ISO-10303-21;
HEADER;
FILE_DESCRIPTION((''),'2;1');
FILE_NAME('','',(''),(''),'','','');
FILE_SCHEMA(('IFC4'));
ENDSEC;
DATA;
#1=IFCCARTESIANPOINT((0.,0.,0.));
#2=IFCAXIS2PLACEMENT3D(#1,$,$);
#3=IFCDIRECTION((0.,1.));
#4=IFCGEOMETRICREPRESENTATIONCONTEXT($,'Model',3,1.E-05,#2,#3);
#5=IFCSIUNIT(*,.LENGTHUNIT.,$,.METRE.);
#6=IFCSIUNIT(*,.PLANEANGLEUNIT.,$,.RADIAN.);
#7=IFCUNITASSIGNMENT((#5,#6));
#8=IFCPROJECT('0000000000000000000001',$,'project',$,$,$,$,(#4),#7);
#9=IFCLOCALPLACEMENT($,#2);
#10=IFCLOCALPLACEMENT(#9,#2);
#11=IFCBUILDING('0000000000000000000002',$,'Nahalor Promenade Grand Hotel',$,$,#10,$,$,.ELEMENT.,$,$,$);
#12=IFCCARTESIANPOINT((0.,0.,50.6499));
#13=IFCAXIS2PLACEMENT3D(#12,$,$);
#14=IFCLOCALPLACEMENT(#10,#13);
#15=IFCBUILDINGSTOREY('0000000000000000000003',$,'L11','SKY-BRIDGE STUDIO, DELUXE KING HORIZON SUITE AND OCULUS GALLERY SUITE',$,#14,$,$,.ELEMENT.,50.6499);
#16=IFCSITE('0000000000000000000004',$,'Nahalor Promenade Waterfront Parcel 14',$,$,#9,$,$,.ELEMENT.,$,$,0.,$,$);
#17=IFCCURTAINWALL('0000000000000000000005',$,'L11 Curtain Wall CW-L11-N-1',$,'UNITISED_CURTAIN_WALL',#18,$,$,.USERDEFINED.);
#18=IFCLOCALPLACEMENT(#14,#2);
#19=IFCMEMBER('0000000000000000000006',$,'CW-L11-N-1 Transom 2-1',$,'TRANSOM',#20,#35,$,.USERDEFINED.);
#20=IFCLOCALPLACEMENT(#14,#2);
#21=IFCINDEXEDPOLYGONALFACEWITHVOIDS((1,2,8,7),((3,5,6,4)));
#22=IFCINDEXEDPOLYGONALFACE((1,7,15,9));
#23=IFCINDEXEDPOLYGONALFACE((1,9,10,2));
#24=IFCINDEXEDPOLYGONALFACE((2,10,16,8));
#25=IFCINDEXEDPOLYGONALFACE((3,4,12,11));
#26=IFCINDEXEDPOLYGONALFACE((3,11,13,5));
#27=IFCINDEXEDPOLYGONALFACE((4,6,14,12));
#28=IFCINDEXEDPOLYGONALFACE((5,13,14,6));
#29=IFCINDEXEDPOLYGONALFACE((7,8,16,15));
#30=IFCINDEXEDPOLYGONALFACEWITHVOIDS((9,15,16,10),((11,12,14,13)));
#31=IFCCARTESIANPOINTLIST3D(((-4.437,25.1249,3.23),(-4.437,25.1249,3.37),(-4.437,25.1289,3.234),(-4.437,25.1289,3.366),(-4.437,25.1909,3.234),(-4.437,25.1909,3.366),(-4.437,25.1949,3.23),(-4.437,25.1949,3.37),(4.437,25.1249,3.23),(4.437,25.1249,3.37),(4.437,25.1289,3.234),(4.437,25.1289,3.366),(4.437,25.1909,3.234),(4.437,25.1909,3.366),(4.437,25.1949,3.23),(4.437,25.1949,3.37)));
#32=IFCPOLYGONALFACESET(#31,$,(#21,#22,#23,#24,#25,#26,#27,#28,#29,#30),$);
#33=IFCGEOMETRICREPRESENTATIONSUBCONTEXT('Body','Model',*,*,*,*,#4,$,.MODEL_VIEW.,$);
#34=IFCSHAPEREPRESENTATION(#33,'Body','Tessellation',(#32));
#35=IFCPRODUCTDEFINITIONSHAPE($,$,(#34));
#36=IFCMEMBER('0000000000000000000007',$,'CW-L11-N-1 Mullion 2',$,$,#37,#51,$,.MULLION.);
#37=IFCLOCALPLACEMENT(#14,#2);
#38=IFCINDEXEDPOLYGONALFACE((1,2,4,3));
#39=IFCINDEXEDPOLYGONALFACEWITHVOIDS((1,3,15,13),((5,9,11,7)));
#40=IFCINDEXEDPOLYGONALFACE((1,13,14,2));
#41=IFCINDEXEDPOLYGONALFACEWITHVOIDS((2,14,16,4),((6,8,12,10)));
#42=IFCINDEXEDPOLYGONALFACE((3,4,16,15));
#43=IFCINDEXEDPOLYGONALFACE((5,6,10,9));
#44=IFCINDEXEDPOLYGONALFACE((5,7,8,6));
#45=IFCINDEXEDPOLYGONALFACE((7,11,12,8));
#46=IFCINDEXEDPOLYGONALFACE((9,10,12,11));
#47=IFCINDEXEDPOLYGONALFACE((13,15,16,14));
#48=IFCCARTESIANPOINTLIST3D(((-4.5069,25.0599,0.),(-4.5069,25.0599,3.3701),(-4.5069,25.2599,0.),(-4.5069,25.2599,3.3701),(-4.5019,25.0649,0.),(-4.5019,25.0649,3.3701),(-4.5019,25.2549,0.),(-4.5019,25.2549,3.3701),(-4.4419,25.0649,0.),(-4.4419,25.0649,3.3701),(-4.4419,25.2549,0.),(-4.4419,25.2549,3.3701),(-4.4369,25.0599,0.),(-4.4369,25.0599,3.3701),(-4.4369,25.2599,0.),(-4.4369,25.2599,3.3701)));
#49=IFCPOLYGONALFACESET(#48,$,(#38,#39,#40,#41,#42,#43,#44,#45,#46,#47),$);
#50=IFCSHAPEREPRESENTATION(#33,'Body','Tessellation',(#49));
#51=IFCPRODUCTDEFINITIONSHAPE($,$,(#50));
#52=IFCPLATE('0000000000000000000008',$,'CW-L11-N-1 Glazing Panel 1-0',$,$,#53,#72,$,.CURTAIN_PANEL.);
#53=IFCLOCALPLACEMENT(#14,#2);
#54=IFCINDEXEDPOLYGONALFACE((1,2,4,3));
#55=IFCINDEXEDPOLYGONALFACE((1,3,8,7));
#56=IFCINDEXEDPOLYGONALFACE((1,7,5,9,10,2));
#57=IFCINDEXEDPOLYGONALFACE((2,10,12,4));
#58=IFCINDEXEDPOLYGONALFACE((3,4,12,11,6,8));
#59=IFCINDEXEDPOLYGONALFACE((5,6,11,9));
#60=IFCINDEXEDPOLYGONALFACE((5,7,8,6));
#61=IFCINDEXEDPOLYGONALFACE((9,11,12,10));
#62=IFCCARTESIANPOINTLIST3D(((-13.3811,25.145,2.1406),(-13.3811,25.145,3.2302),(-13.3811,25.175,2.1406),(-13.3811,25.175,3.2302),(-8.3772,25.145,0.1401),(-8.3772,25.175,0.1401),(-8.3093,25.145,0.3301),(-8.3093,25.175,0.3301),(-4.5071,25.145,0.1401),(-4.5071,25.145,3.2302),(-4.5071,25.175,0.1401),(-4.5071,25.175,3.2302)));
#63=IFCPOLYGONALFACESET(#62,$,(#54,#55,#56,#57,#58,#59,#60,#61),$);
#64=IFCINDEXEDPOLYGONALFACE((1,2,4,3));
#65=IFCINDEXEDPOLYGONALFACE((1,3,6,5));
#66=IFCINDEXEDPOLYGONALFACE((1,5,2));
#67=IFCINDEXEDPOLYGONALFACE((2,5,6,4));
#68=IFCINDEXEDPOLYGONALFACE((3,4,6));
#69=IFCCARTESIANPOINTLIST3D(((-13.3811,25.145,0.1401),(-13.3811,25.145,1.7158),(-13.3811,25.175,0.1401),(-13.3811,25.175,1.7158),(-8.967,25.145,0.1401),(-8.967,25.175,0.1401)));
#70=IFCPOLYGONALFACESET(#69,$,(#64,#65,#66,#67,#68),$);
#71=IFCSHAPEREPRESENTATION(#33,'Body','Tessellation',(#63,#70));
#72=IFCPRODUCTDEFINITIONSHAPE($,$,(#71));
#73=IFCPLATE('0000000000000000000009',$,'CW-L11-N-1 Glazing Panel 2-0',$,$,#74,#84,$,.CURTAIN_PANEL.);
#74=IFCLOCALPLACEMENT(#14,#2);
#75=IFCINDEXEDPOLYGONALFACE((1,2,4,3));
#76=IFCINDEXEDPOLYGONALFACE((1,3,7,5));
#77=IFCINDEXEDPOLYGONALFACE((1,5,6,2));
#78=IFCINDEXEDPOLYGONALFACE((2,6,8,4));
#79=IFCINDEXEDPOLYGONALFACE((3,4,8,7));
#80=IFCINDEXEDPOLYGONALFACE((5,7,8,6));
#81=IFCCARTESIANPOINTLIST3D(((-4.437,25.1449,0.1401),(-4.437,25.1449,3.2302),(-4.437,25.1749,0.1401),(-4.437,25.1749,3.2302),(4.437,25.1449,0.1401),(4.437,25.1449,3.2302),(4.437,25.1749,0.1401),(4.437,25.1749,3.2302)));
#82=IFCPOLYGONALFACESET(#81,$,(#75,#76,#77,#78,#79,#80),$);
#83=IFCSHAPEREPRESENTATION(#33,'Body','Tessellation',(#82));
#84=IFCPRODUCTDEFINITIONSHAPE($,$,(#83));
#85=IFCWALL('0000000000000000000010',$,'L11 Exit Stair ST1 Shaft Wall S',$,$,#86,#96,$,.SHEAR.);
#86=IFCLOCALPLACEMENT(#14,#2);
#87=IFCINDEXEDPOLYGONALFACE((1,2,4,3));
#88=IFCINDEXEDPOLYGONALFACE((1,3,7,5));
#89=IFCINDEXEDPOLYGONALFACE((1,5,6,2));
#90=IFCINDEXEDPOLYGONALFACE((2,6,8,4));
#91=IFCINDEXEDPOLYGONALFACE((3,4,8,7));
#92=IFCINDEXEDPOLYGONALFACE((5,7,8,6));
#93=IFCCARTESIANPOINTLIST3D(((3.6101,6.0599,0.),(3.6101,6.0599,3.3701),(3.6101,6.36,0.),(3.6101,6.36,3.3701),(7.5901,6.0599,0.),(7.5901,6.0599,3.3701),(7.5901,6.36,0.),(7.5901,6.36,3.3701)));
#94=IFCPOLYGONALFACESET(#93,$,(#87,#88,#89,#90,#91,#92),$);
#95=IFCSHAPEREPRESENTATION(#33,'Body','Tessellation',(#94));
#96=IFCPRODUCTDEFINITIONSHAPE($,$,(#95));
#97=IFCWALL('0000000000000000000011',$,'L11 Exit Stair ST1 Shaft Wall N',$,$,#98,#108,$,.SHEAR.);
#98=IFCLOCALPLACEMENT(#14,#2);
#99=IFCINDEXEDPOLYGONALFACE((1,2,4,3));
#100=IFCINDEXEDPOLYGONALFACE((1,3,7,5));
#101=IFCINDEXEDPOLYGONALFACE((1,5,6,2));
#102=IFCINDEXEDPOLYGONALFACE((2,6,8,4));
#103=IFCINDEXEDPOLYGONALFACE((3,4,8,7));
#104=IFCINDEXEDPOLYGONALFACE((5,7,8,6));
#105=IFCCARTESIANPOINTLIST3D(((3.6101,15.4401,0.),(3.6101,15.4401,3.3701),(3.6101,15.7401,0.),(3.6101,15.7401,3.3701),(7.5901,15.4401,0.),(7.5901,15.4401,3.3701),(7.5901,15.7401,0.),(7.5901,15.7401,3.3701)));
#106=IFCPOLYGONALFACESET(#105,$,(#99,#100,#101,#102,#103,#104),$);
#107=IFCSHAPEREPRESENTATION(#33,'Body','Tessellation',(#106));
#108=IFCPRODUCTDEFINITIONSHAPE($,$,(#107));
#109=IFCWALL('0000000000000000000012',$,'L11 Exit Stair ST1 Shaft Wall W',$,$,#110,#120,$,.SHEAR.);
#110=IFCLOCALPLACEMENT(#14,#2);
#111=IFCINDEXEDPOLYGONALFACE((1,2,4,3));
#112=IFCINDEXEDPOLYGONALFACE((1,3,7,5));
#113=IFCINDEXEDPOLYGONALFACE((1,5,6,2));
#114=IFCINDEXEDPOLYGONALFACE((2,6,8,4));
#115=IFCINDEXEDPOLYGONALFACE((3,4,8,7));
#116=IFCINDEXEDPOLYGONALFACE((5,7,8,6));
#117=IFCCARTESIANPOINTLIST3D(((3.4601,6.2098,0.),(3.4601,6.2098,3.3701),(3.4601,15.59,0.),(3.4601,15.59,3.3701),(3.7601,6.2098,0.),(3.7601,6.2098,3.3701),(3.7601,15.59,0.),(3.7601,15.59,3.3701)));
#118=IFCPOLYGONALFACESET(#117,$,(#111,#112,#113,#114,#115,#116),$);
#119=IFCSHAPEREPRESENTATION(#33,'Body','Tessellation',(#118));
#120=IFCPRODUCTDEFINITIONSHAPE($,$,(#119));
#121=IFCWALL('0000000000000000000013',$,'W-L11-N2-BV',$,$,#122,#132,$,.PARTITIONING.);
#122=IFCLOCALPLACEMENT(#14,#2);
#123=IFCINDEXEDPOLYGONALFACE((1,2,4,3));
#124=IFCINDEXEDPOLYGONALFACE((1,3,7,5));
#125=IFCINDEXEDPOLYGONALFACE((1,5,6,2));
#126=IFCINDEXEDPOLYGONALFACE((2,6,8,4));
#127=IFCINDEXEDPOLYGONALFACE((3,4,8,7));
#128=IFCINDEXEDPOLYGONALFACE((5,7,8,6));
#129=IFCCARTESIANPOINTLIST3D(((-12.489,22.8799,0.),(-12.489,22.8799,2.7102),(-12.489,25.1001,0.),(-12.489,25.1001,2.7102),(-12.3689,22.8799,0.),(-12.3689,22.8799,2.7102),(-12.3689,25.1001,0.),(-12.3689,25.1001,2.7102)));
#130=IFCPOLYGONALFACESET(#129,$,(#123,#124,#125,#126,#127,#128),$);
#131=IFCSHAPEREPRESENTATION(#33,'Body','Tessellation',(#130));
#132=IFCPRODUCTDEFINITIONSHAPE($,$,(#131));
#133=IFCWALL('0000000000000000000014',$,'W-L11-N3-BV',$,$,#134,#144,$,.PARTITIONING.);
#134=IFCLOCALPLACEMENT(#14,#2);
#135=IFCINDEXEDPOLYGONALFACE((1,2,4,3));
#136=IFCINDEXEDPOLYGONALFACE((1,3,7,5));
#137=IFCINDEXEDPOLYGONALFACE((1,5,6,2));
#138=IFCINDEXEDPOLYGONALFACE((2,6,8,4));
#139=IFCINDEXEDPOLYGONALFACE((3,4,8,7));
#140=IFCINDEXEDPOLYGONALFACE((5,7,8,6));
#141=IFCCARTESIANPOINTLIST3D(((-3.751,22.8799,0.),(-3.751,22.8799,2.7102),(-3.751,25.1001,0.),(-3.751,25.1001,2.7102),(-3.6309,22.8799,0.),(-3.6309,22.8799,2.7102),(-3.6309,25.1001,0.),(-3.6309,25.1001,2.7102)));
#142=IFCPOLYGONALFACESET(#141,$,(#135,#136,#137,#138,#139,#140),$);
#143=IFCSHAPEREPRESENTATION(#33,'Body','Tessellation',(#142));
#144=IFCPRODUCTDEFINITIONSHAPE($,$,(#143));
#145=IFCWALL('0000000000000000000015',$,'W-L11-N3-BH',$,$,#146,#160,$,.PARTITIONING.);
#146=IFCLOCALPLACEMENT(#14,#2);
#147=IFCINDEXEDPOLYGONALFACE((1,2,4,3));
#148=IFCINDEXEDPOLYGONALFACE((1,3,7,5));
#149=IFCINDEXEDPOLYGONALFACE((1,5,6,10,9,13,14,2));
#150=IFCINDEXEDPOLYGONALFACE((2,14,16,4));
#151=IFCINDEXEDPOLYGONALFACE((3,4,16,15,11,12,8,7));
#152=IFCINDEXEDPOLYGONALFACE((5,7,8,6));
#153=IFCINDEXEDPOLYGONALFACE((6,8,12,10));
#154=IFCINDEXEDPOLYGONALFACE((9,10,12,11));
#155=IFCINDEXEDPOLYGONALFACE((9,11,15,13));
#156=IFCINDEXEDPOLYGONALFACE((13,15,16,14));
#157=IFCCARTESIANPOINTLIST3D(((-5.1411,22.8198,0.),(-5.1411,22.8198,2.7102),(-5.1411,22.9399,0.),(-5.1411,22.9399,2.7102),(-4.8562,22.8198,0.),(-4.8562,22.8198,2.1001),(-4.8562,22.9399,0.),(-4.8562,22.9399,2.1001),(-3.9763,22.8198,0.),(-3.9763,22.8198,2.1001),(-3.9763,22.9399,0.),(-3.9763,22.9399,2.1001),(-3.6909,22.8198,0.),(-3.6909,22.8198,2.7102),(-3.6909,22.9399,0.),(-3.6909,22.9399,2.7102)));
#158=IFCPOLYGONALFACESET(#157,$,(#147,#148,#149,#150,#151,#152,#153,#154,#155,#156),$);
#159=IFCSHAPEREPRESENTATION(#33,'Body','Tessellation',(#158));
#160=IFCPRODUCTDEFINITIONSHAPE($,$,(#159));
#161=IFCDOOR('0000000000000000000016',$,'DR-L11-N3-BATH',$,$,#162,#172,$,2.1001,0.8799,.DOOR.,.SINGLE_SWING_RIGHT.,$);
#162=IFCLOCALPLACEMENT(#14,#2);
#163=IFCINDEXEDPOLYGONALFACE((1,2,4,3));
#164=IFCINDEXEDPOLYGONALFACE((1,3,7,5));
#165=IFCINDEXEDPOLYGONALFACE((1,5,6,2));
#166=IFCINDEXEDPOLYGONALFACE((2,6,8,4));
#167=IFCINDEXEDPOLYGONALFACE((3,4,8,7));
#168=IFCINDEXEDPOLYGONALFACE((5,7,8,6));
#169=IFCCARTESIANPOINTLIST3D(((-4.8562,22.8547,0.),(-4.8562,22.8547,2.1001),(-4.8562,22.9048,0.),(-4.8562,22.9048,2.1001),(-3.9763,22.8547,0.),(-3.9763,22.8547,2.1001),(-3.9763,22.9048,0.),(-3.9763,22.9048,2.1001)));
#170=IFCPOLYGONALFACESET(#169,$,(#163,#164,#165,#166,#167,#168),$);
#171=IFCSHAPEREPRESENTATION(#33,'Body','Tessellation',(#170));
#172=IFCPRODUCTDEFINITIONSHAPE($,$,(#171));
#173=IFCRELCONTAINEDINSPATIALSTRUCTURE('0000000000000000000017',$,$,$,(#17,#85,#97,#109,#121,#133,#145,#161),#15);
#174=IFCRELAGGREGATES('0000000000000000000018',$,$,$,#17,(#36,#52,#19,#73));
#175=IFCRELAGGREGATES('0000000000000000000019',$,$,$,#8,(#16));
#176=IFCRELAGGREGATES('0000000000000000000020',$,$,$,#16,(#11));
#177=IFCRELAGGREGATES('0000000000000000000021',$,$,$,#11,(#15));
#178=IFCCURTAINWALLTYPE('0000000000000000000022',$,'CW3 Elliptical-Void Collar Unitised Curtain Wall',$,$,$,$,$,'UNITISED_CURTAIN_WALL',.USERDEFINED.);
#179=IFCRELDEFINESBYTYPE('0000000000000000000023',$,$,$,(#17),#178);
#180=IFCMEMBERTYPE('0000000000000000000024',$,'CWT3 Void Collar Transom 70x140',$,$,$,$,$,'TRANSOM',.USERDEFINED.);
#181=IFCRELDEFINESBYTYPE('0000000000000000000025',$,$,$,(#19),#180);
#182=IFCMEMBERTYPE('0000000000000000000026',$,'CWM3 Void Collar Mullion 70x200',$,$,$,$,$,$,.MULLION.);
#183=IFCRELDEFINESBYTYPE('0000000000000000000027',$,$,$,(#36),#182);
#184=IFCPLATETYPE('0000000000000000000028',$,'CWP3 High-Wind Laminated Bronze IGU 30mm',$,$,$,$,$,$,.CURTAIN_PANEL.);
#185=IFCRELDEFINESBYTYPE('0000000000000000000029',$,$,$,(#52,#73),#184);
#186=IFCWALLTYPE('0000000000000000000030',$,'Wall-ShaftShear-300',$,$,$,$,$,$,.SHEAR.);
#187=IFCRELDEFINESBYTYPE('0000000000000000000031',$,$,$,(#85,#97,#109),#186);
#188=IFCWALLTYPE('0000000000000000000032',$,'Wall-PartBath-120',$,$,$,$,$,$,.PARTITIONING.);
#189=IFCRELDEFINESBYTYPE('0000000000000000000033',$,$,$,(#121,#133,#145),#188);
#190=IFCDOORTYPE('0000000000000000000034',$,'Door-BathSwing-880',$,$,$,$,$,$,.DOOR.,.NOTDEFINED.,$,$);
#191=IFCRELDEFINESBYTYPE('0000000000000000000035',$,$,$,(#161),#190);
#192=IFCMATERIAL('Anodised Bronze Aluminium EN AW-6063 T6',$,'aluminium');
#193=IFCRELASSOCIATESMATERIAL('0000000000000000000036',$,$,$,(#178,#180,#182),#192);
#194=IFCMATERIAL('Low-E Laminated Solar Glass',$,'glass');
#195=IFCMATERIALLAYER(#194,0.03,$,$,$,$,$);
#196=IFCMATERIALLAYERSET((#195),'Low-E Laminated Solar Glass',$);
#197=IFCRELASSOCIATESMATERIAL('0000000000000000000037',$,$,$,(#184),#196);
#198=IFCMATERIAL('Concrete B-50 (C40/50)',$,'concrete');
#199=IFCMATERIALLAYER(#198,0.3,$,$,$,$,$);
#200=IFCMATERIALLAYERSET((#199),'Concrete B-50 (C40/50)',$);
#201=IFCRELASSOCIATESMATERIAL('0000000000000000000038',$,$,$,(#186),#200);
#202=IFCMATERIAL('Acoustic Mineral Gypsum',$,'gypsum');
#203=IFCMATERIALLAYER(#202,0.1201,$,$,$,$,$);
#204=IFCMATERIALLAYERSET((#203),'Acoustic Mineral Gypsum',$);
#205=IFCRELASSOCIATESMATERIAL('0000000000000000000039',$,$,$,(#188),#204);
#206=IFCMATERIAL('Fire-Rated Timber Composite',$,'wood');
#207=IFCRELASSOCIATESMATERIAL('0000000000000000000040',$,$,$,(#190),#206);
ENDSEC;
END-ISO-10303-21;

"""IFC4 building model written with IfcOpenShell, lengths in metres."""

from ifc_helpers import new_model, si_unit, direction, frame, frame_2d, origin, origin_2d, place, context, subcontext, project, spatial, polyline, rectangle, hollow_rectangle, outline, extrude, source, transform, mapped, material, layer, layer_set, material_profile, profile_set, type_object, element, fill, aggregate, save


model = new_model("IFC4")

# Units and contexts
model_context = context("Model", 3, precision=1e-05, world=origin(), true_north=direction((0.0, 1.0)))
body_context = subcontext(model_context, "Body", "Model", "MODEL_VIEW")
ifc_project = project(units=[si_unit("LENGTHUNIT", "METRE"), si_unit("PLANEANGLEUNIT", "RADIAN")], contexts=[model_context])

# Site, building, storey
site_placement = place(None, origin())
site = spatial("IfcSite", under=ifc_project, at=site_placement, Name="Nahalor Promenade Waterfront Parcel 14", CompositionType="ELEMENT", RefElevation=0.0)
building_placement = place(site_placement, origin())
building = spatial("IfcBuilding", under=site, at=building_placement, Name="Nahalor Promenade Grand Hotel", CompositionType="ELEMENT")
storey_placement = place(building_placement, frame((0.0, 0.0, 50.6499)))
storey = spatial("IfcBuildingStorey", under=building, at=storey_placement, Name="L11", Description="SKY-BRIDGE STUDIO, DELUXE KING HORIZON SUITE AND OCULUS GALLERY SUITE", CompositionType="ELEMENT", Elevation=50.6499)

# Curtain wall, members, plates
ifc_material_1 = material(Name="Anodised Bronze Aluminium EN AW-6063 T6", Category="aluminium")
curtain_wall_type = type_object("IfcCurtainWallType", Name="CW3 Elliptical-Void Collar Unitised Curtain Wall", ElementType="UNITISED_CURTAIN_WALL", PredefinedType="USERDEFINED", material=ifc_material_1)
curtain_wall_placement = place(storey_placement, origin())
curtain_wall = element("IfcCurtainWall", 1, at=curtain_wall_placement, inside=storey, type_object=curtain_wall_type, Name="L11 Curtain Wall CW-L11-N-1", ObjectType="UNITISED_CURTAIN_WALL", PredefinedType="USERDEFINED")
ifc_material_profile_1 = material_profile(ifc_material_1, hollow_rectangle(XDim=0.07, YDim=0.14, WallThickness=0.004, at=origin_2d()), Name="CWT 70x140x4")
ifc_profile_set_1 = profile_set([ifc_material_profile_1], Name="Anodised Bronze Aluminium EN AW-6063 T6")
member_type_1 = type_object("IfcMemberType", Name="CWT3 Void Collar Transom 70x140", ElementType="TRANSOM", PredefinedType="USERDEFINED", material=ifc_profile_set_1)
shared_shape_1 = source(origin(), body_context, "Body", "SweptSolid", [
    extrude(hollow_rectangle(XDim=0.07, YDim=0.14, WallThickness=0.004, at=origin_2d()), origin(), (0.0, 0.0, 1.0), 8.874),
])
member_1_placement = place(storey_placement, frame((-4.437, 25.1599, 3.3), z_axis=(1.0, 0.0, 0.0), x_axis=(0.0, 1.0, 0.0)))
member_1 = element("IfcMember", 2, at=member_1_placement, type_object=member_type_1, Name="CW-L11-N-1 Transom 2-1", ObjectType="TRANSOM", PredefinedType="USERDEFINED", context=body_context, shape_type="MappedRepresentation", body=[
    mapped(shared_shape_1, transform((0.0, 0.0, 0.0), scale=1.0)),
])
ifc_material_profile_2 = material_profile(ifc_material_1, hollow_rectangle(XDim=0.07, YDim=0.2, WallThickness=0.005, at=origin_2d()), Name="CWM 70x200x5")
ifc_profile_set_2 = profile_set([ifc_material_profile_2], Name="Anodised Bronze Aluminium EN AW-6063 T6")
member_type_2 = type_object("IfcMemberType", Name="CWM3 Void Collar Mullion 70x200", PredefinedType="MULLION", material=ifc_profile_set_2)
shared_shape_2 = source(origin(), body_context, "Body", "SweptSolid", [
    extrude(hollow_rectangle(XDim=0.07, YDim=0.2, WallThickness=0.005, at=origin_2d()), origin(), (0.0, 0.0, 1.0), 3.3701),
])
member_2_placement = place(storey_placement, frame((-4.4719, 25.1599, 0.0), z_axis=(0.0, 0.0, 1.0), x_axis=(1.0, 0.0, 0.0)))
member_2 = element("IfcMember", 3, at=member_2_placement, type_object=member_type_2, Name="CW-L11-N-1 Mullion 2", PredefinedType="MULLION", context=body_context, shape_type="MappedRepresentation", body=[
    mapped(shared_shape_2, transform((0.0, 0.0, 0.0), scale=1.0)),
])
ifc_material_2 = material(Name="Low-E Laminated Solar Glass", Category="glass")
ifc_layer_1 = layer(ifc_material_2, 0.03)
ifc_layer_set_1 = layer_set([ifc_layer_1], Name="Low-E Laminated Solar Glass")
plate_type = type_object("IfcPlateType", Name="CWP3 High-Wind Laminated Bronze IGU 30mm", PredefinedType="CURTAIN_PANEL", material=ifc_layer_set_1)
plate_1_placement = place(storey_placement, frame((-8.9441, 25.1599, 0.1401), z_axis=(0.0, 0.0, 1.0), x_axis=(1.0, 0.0, 0.0)))
plate_1 = element("IfcPlate", 4, at=plate_1_placement, type_object=plate_type, Name="CW-L11-N-1 Glazing Panel 1-0", PredefinedType="CURTAIN_PANEL", context=body_context, shape_type="SweptSolid", body=[
    extrude(outline(polyline([(4.437, 3.0901), (-4.437, 3.0901), (-4.437, 2.0005), (0.6348, 0.1899), (0.5669, 0.0), (4.437, 0.0), (4.437, 3.0901)])), frame((0.0, 0.0151, 0.0), z_axis=(0.0, -1.0, 0.0), x_axis=(1.0, 0.0, 0.0)), (0.0, 0.0, 1.0), 0.03),
    extrude(outline(polyline([(-4.437, 1.5757), (-4.437, 0.0), (-0.0229, 0.0), (-4.437, 1.5757)])), frame((0.0, 0.0151, 0.0), z_axis=(0.0, -1.0, 0.0), x_axis=(1.0, 0.0, 0.0)), (0.0, 0.0, 1.0), 0.03),
])
shared_shape_3 = source(origin(), body_context, "Body", "SweptSolid", [
    extrude(rectangle(XDim=8.874, YDim=0.03, at=origin_2d()), origin(), (0.0, 0.0, 1.0), 3.0901),
])
plate_2_placement = place(storey_placement, frame((0.0, 25.1599, 0.1401), z_axis=(0.0, 0.0, 1.0), x_axis=(1.0, 0.0, 0.0)))
plate_2 = element("IfcPlate", 5, at=plate_2_placement, type_object=plate_type, Name="CW-L11-N-1 Glazing Panel 2-0", PredefinedType="CURTAIN_PANEL", context=body_context, shape_type="MappedRepresentation", body=[
    mapped(shared_shape_3, transform((0.0, 0.0, 0.0), scale=1.0)),
])
aggregate(curtain_wall, [member_2, plate_1, member_1, plate_2])

# Walls
ifc_material_3 = material(Name="Concrete B-50 (C40/50)", Category="concrete")
ifc_layer_2 = layer(ifc_material_3, 0.3)
ifc_layer_set_2 = layer_set([ifc_layer_2], Name="Concrete B-50 (C40/50)")
wall_type_1 = type_object("IfcWallType", Name="Wall-ShaftShear-300", PredefinedType="SHEAR", material=ifc_layer_set_2)
shared_shape_4 = source(origin(), body_context, "Body", "SweptSolid", [
    extrude(rectangle(XDim=3.98, YDim=0.3, at=frame_2d((1.99, 0.0))), origin(), (0.0, 0.0, 1.0), 3.3701),
])
for number, where, z_axis, x_axis, name in (
    (6, (3.6101, 6.21, 0.0), (0.0, 0.0, 1.0), (1.0, 0.0, 0.0), "L11 Exit Stair ST1 Shaft Wall S"),
    (7, (3.6101, 15.5901, 0.0), (0.0, 0.0, 1.0), (1.0, 0.0, 0.0), "L11 Exit Stair ST1 Shaft Wall N"),
):
    element("IfcWall", number, at=place(storey_placement, frame(where, z_axis=z_axis, x_axis=x_axis)), inside=storey, type_object=wall_type_1, Name=name, PredefinedType="SHEAR", context=body_context, shape_type="MappedRepresentation", body=[
        mapped(shared_shape_4, transform((0.0, 0.0, 0.0), scale=1.0)),
    ])
shared_shape_5 = source(origin(), body_context, "Body", "SweptSolid", [
    extrude(rectangle(XDim=9.3801, YDim=0.3, at=frame_2d((4.6899, 0.0))), origin(), (0.0, 0.0, 1.0), 3.3701),
])
wall_1_placement = place(storey_placement, frame((3.6101, 6.21, 0.0), z_axis=(0.0, 0.0, 1.0), x_axis=(0.0, 1.0, 0.0)))
element("IfcWall", 8, at=wall_1_placement, inside=storey, type_object=wall_type_1, Name="L11 Exit Stair ST1 Shaft Wall W", PredefinedType="SHEAR", context=body_context, shape_type="MappedRepresentation", body=[
    mapped(shared_shape_5, transform((0.0, 0.0, 0.0), scale=1.0)),
])
ifc_material_4 = material(Name="Acoustic Mineral Gypsum", Category="gypsum")
ifc_layer_3 = layer(ifc_material_4, 0.1201)
ifc_layer_set_3 = layer_set([ifc_layer_3], Name="Acoustic Mineral Gypsum")
wall_type_2 = type_object("IfcWallType", Name="Wall-PartBath-120", PredefinedType="PARTITIONING", material=ifc_layer_set_3)
shared_shape_6 = source(origin(), body_context, "Body", "SweptSolid", [
    extrude(rectangle(XDim=2.2202, YDim=0.1201, at=frame_2d((1.1101, 0.0))), origin(), (0.0, 0.0, 1.0), 2.7102),
])
for number, where, z_axis, x_axis, name in (
    (9, (-12.429, 22.8799, 0.0), (0.0, 0.0, 1.0), (0.0, 1.0, 0.0), "W-L11-N2-BV"),
    (10, (-3.6909, 22.8799, 0.0), (0.0, 0.0, 1.0), (0.0, 1.0, 0.0), "W-L11-N3-BV"),
):
    element("IfcWall", number, at=place(storey_placement, frame(where, z_axis=z_axis, x_axis=x_axis)), inside=storey, type_object=wall_type_2, Name=name, PredefinedType="PARTITIONING", context=body_context, shape_type="MappedRepresentation", body=[
        mapped(shared_shape_6, transform((0.0, 0.0, 0.0), scale=1.0)),
    ])

# Wall, opening, door
shared_shape_7 = source(origin(), body_context, "Body", "SweptSolid", [
    extrude(rectangle(XDim=1.4502, YDim=0.1201, at=frame_2d((0.7251, 0.0))), origin(), (0.0, 0.0, 1.0), 2.7102),
])
wall_2_placement = place(storey_placement, frame((-5.1411, 22.8799, 0.0), z_axis=(0.0, 0.0, 1.0), x_axis=(1.0, 0.0, 0.0)))
wall_2 = element("IfcWall", 11, at=wall_2_placement, inside=storey, type_object=wall_type_2, Name="W-L11-N3-BH", PredefinedType="PARTITIONING", context=body_context, shape_type="MappedRepresentation", body=[
    mapped(shared_shape_7, transform((0.0, 0.0, 0.0), scale=1.0)),
])
opening_placement = place(wall_2_placement, frame((0.2849, 0.0, 0.0)))
opening = element("IfcOpeningElement", 12, at=opening_placement, cuts=wall_2, PredefinedType="OPENING", context=body_context, shape_type="SweptSolid", body=[
    extrude(rectangle(XDim=0.8799, YDim=2.1001, at=frame_2d((0.4399, 1.05))), frame((0.0, 0.0701, 0.0), z_axis=(0.0, -1.0, 0.0), x_axis=(1.0, 0.0, 0.0)), (0.0, 0.0, 1.0), 0.1401),
])
ifc_material_5 = material(Name="Fire-Rated Timber Composite", Category="wood")
door_type = type_object("IfcDoorType", Name="Door-BathSwing-880", OperationType="NOTDEFINED", PredefinedType="DOOR", material=ifc_material_5)
shared_shape_8 = source(origin(), body_context, "Body", "SweptSolid", [
    extrude(rectangle(XDim=0.8799, YDim=2.1001, at=frame_2d((0.4399, 1.05))), frame((0.0, 0.0249, 0.0), z_axis=(0.0, -1.0, 0.0), x_axis=(1.0, 0.0, 0.0)), (0.0, 0.0, 1.0), 0.05),
])
door_placement = place(opening_placement, origin())
door = element("IfcDoor", 13, at=door_placement, inside=storey, type_object=door_type, Name="DR-L11-N3-BATH", OperationType="SINGLE_SWING_RIGHT", OverallHeight=2.1001, OverallWidth=0.8799, PredefinedType="DOOR", context=body_context, shape_type="MappedRepresentation", body=[
    mapped(shared_shape_8, transform((0.0, 0.0, 0.0), scale=1.0)),
])
fill(opening, door)

save(model, "model.ifc")
